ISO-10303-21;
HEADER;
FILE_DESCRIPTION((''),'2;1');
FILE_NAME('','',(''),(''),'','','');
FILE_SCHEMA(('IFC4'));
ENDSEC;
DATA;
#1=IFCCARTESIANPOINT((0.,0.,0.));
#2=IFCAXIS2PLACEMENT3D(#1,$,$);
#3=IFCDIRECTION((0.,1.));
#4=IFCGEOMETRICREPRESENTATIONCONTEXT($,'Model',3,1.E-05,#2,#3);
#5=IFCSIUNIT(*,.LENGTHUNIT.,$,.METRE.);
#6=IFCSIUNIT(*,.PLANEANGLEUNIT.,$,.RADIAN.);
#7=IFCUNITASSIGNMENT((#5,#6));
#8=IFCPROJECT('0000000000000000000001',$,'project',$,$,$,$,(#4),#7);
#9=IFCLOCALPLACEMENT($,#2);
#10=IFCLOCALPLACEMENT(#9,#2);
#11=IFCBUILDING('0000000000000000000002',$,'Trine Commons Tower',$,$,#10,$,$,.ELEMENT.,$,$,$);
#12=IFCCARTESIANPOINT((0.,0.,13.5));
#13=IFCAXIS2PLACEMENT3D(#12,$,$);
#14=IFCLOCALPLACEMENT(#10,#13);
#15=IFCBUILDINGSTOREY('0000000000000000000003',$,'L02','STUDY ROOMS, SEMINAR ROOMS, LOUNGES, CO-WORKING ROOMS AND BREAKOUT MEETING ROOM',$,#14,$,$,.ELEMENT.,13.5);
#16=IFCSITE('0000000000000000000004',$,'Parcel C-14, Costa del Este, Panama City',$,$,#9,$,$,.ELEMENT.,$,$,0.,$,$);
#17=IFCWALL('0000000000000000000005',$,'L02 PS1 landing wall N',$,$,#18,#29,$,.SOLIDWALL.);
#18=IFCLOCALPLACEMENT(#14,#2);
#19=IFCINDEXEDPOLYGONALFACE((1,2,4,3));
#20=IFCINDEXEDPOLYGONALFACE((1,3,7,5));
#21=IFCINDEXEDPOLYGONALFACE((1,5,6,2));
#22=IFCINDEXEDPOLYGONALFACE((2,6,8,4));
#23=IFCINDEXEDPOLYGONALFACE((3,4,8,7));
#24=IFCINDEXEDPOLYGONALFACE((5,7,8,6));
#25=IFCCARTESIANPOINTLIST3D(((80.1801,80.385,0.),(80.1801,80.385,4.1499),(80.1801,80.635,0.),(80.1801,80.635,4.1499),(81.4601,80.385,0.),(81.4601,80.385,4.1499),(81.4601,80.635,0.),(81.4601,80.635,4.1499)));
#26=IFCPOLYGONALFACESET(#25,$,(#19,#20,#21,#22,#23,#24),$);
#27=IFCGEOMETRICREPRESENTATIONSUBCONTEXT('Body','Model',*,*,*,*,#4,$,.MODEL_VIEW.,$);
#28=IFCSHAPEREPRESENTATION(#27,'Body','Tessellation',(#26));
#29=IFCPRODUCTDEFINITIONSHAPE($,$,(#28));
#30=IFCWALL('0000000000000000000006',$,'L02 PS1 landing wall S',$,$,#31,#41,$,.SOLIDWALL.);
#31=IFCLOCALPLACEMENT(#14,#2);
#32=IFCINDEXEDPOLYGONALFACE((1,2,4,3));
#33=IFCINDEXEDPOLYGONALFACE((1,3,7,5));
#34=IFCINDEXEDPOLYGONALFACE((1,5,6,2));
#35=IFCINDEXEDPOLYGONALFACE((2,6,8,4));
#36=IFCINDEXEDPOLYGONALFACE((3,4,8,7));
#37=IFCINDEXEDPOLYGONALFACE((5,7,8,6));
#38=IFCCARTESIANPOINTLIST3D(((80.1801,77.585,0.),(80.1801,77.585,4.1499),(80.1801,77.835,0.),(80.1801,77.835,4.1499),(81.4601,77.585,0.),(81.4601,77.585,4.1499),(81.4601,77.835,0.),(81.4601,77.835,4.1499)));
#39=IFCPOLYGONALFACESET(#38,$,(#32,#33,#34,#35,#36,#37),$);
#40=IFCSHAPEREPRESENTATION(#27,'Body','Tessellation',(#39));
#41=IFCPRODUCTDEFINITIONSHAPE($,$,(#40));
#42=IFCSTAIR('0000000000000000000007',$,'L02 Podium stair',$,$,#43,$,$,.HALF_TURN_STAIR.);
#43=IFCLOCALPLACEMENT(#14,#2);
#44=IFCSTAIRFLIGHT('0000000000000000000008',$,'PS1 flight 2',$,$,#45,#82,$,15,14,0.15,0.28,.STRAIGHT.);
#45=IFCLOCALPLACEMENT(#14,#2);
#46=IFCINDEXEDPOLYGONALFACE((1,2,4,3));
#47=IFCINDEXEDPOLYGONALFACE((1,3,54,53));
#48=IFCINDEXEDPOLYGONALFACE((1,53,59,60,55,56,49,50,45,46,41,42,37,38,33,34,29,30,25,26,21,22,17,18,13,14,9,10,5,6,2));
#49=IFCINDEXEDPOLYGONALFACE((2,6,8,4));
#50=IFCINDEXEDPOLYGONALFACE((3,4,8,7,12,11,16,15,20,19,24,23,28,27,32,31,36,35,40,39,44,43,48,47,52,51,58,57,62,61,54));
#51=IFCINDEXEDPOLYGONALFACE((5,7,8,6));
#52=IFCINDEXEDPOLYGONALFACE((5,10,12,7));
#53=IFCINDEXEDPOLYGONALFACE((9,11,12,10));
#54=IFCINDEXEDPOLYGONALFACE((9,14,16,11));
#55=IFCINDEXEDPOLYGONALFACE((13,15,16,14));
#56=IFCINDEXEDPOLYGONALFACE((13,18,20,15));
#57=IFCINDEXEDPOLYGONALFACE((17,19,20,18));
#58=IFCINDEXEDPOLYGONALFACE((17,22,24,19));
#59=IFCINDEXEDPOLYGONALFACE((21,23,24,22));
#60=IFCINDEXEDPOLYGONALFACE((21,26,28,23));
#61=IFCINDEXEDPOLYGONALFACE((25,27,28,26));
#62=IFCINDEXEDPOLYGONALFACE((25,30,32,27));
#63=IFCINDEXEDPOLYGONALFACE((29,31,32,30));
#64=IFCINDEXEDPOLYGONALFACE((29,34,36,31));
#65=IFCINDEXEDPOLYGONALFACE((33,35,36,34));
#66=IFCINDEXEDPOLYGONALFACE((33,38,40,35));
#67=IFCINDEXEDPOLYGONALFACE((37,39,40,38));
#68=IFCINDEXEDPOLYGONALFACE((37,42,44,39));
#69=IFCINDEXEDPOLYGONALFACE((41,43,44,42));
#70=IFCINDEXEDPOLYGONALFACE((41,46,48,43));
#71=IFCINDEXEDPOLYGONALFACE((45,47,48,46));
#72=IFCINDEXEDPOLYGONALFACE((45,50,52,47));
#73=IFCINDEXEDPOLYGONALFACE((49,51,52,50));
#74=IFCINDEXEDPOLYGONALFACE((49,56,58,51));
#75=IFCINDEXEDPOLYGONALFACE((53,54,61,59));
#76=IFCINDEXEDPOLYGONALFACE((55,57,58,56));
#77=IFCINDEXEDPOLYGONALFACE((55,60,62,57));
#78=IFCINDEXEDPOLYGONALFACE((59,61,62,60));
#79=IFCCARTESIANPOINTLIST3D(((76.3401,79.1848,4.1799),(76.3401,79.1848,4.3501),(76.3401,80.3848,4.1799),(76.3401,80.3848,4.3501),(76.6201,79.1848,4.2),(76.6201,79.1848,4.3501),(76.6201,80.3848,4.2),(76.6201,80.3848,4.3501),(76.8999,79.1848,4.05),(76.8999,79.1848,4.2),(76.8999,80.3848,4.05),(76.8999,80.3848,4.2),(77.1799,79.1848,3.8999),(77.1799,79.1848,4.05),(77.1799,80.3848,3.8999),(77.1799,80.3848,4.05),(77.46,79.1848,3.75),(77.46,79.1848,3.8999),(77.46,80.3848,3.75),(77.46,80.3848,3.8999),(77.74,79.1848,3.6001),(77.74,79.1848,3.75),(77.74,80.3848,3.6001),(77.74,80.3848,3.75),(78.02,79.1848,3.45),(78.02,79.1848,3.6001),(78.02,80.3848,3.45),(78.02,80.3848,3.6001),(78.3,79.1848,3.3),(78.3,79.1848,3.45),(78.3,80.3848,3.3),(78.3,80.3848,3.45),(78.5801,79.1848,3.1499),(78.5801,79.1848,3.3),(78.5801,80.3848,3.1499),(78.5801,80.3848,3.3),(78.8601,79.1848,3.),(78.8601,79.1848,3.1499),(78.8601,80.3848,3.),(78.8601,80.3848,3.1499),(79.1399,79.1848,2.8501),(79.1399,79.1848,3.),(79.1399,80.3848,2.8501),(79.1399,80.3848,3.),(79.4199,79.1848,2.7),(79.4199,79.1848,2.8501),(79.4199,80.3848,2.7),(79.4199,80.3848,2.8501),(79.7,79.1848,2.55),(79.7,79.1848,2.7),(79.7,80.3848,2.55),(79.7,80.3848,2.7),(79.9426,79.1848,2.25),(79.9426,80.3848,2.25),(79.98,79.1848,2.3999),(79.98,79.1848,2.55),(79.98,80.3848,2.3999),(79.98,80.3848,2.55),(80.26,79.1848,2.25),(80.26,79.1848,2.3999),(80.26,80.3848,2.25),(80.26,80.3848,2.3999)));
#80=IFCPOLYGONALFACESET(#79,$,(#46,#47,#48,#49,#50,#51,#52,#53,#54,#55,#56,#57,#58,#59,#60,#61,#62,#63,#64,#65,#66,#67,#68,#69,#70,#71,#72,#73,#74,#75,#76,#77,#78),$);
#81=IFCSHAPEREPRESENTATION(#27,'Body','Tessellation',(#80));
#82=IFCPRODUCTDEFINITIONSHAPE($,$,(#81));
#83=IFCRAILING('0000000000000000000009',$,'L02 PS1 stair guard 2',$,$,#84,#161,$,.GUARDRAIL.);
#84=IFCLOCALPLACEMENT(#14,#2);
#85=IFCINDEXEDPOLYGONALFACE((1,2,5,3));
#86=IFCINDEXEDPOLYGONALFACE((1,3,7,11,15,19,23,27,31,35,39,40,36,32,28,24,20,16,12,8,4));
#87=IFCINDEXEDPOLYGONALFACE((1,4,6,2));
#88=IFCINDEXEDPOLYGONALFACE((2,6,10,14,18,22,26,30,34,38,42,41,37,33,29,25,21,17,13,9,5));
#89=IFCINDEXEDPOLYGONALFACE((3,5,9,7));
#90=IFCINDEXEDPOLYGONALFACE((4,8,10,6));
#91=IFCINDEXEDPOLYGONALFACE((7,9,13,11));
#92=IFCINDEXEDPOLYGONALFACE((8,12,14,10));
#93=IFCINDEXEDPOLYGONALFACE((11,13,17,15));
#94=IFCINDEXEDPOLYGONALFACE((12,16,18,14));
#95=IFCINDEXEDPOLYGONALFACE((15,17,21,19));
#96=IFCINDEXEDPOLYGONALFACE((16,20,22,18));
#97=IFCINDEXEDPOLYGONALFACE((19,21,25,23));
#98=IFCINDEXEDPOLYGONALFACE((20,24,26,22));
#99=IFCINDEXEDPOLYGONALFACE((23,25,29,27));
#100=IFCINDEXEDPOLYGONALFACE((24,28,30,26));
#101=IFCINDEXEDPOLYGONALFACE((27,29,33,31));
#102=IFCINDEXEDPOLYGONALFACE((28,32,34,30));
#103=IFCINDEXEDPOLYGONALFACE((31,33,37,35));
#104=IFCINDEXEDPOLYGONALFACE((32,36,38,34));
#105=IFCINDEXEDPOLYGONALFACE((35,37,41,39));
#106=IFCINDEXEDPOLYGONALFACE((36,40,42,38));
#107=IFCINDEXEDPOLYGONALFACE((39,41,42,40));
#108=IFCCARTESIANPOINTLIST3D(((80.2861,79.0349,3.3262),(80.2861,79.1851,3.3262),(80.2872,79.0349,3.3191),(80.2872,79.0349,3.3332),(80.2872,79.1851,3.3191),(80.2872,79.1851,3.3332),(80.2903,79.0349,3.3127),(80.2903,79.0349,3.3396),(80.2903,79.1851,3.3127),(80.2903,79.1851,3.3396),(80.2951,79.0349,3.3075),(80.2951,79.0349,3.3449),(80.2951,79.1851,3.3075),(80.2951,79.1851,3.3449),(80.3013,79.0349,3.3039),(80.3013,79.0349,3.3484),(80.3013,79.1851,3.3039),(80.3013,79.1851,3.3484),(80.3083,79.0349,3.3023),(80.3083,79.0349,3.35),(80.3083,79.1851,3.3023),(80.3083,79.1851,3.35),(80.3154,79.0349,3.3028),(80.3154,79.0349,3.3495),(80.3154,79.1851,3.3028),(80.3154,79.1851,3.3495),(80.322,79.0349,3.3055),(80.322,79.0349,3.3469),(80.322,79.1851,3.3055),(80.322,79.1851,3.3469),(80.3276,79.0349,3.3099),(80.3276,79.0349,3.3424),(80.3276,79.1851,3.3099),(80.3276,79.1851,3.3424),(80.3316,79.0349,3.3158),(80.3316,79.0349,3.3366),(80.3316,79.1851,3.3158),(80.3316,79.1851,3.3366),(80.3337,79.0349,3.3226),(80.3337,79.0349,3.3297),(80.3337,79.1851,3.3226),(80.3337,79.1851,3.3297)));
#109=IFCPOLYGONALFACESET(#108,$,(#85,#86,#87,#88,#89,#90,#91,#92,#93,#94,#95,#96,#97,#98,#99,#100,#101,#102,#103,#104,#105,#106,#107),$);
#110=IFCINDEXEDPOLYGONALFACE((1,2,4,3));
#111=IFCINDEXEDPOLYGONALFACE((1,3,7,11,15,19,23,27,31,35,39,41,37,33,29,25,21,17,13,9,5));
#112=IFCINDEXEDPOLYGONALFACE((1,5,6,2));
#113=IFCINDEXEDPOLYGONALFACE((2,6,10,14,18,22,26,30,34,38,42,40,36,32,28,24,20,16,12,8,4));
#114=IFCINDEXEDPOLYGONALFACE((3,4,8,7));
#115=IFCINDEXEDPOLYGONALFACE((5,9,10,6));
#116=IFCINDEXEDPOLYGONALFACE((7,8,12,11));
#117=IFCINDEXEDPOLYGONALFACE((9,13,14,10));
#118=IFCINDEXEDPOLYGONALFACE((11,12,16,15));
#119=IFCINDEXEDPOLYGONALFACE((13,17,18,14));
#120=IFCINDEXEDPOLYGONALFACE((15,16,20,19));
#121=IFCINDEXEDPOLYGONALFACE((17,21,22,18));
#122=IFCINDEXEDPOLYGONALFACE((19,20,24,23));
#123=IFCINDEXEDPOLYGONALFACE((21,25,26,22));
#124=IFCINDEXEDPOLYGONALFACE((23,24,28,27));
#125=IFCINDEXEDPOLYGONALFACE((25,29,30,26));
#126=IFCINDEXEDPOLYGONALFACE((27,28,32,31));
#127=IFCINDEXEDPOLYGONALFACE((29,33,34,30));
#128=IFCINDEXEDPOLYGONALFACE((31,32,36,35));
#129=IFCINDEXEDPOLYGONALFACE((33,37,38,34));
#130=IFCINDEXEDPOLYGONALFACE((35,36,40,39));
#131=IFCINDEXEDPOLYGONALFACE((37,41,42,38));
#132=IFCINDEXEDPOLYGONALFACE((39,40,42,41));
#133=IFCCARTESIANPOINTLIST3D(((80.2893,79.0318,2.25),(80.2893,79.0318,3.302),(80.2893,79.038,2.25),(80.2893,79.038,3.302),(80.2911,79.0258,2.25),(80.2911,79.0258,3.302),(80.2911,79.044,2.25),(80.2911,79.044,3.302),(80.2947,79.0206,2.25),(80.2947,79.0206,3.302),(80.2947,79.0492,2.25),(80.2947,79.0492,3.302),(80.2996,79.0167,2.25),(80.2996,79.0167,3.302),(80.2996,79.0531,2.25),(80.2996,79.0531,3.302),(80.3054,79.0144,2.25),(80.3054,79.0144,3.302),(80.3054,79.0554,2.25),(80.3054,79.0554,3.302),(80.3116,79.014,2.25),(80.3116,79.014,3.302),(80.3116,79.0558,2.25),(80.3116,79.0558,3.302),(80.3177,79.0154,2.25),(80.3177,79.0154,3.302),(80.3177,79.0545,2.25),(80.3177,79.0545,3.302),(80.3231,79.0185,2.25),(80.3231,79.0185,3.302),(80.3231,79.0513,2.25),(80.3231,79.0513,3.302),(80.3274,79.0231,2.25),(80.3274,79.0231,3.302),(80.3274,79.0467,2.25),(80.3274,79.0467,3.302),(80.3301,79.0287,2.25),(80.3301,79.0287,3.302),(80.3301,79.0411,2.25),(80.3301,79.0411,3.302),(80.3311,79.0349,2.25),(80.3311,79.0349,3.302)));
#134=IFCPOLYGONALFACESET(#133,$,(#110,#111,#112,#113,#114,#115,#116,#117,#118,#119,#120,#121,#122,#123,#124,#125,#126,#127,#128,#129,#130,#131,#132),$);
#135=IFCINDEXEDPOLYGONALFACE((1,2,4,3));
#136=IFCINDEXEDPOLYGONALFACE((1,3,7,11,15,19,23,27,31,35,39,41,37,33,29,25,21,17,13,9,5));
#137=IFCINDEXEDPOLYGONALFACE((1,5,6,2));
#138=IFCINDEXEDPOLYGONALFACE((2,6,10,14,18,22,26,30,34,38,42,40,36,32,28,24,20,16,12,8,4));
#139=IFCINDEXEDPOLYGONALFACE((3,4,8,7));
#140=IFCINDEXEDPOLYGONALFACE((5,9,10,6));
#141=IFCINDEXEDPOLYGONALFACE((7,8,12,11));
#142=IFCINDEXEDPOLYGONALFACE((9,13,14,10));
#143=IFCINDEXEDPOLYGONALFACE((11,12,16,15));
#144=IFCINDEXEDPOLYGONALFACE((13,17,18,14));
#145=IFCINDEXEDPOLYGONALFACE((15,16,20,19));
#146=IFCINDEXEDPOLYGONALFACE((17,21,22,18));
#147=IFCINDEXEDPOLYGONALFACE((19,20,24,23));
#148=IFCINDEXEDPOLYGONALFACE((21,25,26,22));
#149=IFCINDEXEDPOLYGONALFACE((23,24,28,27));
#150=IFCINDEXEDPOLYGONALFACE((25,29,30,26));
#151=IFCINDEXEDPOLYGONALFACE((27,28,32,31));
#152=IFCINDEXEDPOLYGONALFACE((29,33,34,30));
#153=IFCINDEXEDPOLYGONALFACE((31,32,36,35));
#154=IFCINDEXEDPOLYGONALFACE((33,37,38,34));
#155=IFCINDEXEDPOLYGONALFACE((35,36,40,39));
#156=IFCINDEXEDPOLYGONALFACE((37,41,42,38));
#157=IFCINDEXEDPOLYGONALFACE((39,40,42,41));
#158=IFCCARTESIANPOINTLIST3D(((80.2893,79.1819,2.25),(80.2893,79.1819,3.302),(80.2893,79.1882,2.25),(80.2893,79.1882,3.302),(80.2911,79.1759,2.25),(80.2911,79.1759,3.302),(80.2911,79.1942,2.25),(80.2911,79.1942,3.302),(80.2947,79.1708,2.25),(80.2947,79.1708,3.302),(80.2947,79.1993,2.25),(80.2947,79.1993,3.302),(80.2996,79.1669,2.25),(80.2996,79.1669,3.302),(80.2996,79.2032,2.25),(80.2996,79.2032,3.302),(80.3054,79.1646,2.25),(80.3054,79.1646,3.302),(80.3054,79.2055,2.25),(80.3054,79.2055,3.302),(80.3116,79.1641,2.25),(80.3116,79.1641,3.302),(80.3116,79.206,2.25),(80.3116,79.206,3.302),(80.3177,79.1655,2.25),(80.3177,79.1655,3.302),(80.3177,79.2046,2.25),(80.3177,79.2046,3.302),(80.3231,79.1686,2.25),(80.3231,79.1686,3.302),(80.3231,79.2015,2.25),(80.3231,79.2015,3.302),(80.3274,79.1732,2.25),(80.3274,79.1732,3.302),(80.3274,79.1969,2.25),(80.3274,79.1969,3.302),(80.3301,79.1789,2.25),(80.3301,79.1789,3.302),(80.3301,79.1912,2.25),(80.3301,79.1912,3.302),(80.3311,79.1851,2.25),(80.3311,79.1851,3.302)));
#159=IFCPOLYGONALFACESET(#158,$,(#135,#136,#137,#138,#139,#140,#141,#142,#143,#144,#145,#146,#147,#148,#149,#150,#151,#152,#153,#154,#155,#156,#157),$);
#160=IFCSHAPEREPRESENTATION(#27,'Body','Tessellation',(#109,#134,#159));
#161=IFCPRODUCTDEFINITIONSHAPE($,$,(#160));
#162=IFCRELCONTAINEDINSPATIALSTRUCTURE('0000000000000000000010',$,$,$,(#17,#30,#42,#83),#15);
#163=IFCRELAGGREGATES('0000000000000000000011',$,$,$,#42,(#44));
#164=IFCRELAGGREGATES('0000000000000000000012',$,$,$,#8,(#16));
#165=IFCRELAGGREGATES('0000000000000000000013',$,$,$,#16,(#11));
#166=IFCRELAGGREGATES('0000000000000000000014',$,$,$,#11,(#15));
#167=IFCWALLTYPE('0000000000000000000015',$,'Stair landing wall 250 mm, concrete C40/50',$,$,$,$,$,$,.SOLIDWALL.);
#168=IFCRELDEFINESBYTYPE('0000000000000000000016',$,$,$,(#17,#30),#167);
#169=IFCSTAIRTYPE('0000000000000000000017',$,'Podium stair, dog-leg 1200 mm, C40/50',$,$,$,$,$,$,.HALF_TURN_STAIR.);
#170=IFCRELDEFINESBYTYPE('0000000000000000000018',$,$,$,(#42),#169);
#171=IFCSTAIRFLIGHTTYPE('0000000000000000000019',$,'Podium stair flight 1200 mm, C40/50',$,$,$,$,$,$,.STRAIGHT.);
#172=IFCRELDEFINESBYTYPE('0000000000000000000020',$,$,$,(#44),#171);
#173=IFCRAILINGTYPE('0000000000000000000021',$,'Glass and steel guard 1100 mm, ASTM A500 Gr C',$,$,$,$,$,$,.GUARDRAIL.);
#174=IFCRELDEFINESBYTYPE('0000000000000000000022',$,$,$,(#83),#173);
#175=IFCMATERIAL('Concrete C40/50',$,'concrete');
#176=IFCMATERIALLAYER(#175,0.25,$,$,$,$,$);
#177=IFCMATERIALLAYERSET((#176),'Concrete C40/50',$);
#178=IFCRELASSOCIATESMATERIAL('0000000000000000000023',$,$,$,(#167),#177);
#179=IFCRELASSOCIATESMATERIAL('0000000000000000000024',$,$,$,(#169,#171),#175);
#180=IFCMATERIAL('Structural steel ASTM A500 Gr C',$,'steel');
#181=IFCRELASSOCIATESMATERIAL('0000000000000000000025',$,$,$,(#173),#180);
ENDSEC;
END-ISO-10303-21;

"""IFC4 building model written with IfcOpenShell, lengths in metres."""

from ifc_helpers import new_model, si_unit, direction, frame, frame_2d, origin, origin_2d, place, context, subcontext, project, spatial, polyline, rectangle, circle, outline, extrude, material, layer, layer_set, type_object, element, aggregate, save


model = new_model("IFC4")

# Units and contexts
model_context = context("Model", 3, precision=1e-05, world=origin(), true_north=direction((0.0, 1.0)))
body_context = subcontext(model_context, "Body", "Model", "MODEL_VIEW")
ifc_project = project(units=[si_unit("LENGTHUNIT", "METRE"), si_unit("PLANEANGLEUNIT", "RADIAN")], contexts=[model_context])

# Site, building, storey
site_placement = place(None, origin())
site = spatial("IfcSite", under=ifc_project, at=site_placement, Name="Parcel C-14, Costa del Este, Panama City", CompositionType="ELEMENT", RefElevation=0.0)
building_placement = place(site_placement, origin())
building = spatial("IfcBuilding", under=site, at=building_placement, Name="Trine Commons Tower", CompositionType="ELEMENT")
storey_placement = place(building_placement, frame((0.0, 0.0, 13.5)))
storey = spatial("IfcBuildingStorey", under=building, at=storey_placement, Name="L02", Description="STUDY ROOMS, SEMINAR ROOMS, LOUNGES, CO-WORKING ROOMS AND BREAKOUT MEETING ROOM", CompositionType="ELEMENT", Elevation=13.5)

# Walls
ifc_material_1 = material(Name="Concrete C40/50", Category="concrete")
ifc_layer_1 = layer(ifc_material_1, 0.25)
ifc_layer_set_1 = layer_set([ifc_layer_1], Name="Concrete C40/50")
wall_type_1 = type_object("IfcWallType", Name="Stair landing wall 250 mm, concrete C40/50", PredefinedType="SOLIDWALL", material=ifc_layer_set_1)
for number, where, z_axis, x_axis, name in (
    (1, (80.1799, 80.51, 0.0), (0.0, 0.0, 1.0), (1.0, 0.0, 0.0), "L02 PS1 landing wall N"),
    (2, (80.1799, 77.71, 0.0), (0.0, 0.0, 1.0), (1.0, 0.0, 0.0), "L02 PS1 landing wall S"),
):
    element("IfcWall", number, at=place(storey_placement, frame(where, z_axis=z_axis, x_axis=x_axis)), inside=storey, type_object=wall_type_1, Name=name, PredefinedType="SOLIDWALL", context=body_context, shape_type="SweptSolid", body=[
        extrude(rectangle(XDim=1.28, YDim=0.25, at=frame_2d((0.6401, 0.0))), origin(), (0.0, 0.0, 1.0), 4.1499),
    ])

# Stair, stair flight
stair_type = type_object("IfcStairType", Name="Podium stair, dog-leg 1200 mm, C40/50", PredefinedType="HALF_TURN_STAIR", material=ifc_material_1)
stair_placement = place(storey_placement, origin())
stair = element("IfcStair", 3, at=stair_placement, inside=storey, type_object=stair_type, Name="L02 Podium stair", PredefinedType="HALF_TURN_STAIR")
stair_flight_type = type_object("IfcStairFlightType", Name="Podium stair flight 1200 mm, C40/50", PredefinedType="STRAIGHT", material=ifc_material_1)
stair_flight_placement = place(storey_placement, frame((80.26, 79.7849, 2.25), z_axis=(0.0, 0.0, 1.0), x_axis=(-1.0, 0.0, 0.0)))
stair_flight = element("IfcStairFlight", 4, at=stair_flight_placement, type_object=stair_flight_type, Name="PS1 flight 2", NumberOfRisers=15, NumberOfTreads=14, PredefinedType="STRAIGHT", RiserHeight=0.15, TreadLength=0.28, context=body_context, shape_type="SweptSolid", body=[
    extrude(outline(polyline([(0.0, 0.0), (0.0, 0.1499), (0.28, 0.1499), (0.28, 0.3), (0.5601, 0.3), (0.5601, 0.45), (0.8401, 0.45), (0.8401, 0.6001), (1.1201, 0.6001), (1.1201, 0.75), (1.3999, 0.75), (1.3999, 0.8999), (1.6799, 0.8999), (1.6799, 1.05), (1.96, 1.05), (1.96, 1.2), (2.24, 1.2), (2.24, 1.3501), (2.52, 1.3501), (2.52, 1.5), (2.8, 1.5), (2.8, 1.6499), (3.0801, 1.6499), (3.0801, 1.8), (3.3601, 1.8), (3.3601, 1.95), (3.6399, 1.95), (3.6399, 2.1001), (3.9199, 2.1001), (3.9199, 2.25), (3.9199, 1.9299), (0.3174, 0.0), (0.0, 0.0)])), frame((0.0, 0.6001, 0.0), z_axis=(0.0, -1.0, 0.0), x_axis=(1.0, 0.0, 0.0)), (0.0, 0.0, 1.0), 1.2),
])
aggregate(stair, [stair_flight])

# Railing
ifc_material_2 = material(Name="Structural steel ASTM A500 Gr C", Category="steel")
railing_type_1 = type_object("IfcRailingType", Name="Glass and steel guard 1100 mm, ASTM A500 Gr C", PredefinedType="GUARDRAIL", material=ifc_material_2)
railing_1_placement = place(storey_placement, frame((80.3101, 79.0349, 2.25)))
element("IfcRailing", 5, at=railing_1_placement, inside=storey, type_object=railing_type_1, Name="L02 PS1 stair guard 2", PredefinedType="GUARDRAIL", context=body_context, shape_type="SweptSolid", body=[
    extrude(circle(Radius=0.0239, at=origin_2d()), frame((0.0, 0.0, 1.0762), z_axis=(0.0, 1.0, 0.0), x_axis=(-1.0, 0.0, 0.0)), (0.0, 0.0, 1.0), 0.1501),
    extrude(circle(Radius=0.021, at=origin_2d()), origin(), (0.0, 0.0, 1.0), 1.052),
    extrude(circle(Radius=0.021, at=origin_2d()), frame((0.0, 0.1501, 0.0)), (0.0, 0.0, 1.0), 1.052),
])

save(model, "model.ifc")
